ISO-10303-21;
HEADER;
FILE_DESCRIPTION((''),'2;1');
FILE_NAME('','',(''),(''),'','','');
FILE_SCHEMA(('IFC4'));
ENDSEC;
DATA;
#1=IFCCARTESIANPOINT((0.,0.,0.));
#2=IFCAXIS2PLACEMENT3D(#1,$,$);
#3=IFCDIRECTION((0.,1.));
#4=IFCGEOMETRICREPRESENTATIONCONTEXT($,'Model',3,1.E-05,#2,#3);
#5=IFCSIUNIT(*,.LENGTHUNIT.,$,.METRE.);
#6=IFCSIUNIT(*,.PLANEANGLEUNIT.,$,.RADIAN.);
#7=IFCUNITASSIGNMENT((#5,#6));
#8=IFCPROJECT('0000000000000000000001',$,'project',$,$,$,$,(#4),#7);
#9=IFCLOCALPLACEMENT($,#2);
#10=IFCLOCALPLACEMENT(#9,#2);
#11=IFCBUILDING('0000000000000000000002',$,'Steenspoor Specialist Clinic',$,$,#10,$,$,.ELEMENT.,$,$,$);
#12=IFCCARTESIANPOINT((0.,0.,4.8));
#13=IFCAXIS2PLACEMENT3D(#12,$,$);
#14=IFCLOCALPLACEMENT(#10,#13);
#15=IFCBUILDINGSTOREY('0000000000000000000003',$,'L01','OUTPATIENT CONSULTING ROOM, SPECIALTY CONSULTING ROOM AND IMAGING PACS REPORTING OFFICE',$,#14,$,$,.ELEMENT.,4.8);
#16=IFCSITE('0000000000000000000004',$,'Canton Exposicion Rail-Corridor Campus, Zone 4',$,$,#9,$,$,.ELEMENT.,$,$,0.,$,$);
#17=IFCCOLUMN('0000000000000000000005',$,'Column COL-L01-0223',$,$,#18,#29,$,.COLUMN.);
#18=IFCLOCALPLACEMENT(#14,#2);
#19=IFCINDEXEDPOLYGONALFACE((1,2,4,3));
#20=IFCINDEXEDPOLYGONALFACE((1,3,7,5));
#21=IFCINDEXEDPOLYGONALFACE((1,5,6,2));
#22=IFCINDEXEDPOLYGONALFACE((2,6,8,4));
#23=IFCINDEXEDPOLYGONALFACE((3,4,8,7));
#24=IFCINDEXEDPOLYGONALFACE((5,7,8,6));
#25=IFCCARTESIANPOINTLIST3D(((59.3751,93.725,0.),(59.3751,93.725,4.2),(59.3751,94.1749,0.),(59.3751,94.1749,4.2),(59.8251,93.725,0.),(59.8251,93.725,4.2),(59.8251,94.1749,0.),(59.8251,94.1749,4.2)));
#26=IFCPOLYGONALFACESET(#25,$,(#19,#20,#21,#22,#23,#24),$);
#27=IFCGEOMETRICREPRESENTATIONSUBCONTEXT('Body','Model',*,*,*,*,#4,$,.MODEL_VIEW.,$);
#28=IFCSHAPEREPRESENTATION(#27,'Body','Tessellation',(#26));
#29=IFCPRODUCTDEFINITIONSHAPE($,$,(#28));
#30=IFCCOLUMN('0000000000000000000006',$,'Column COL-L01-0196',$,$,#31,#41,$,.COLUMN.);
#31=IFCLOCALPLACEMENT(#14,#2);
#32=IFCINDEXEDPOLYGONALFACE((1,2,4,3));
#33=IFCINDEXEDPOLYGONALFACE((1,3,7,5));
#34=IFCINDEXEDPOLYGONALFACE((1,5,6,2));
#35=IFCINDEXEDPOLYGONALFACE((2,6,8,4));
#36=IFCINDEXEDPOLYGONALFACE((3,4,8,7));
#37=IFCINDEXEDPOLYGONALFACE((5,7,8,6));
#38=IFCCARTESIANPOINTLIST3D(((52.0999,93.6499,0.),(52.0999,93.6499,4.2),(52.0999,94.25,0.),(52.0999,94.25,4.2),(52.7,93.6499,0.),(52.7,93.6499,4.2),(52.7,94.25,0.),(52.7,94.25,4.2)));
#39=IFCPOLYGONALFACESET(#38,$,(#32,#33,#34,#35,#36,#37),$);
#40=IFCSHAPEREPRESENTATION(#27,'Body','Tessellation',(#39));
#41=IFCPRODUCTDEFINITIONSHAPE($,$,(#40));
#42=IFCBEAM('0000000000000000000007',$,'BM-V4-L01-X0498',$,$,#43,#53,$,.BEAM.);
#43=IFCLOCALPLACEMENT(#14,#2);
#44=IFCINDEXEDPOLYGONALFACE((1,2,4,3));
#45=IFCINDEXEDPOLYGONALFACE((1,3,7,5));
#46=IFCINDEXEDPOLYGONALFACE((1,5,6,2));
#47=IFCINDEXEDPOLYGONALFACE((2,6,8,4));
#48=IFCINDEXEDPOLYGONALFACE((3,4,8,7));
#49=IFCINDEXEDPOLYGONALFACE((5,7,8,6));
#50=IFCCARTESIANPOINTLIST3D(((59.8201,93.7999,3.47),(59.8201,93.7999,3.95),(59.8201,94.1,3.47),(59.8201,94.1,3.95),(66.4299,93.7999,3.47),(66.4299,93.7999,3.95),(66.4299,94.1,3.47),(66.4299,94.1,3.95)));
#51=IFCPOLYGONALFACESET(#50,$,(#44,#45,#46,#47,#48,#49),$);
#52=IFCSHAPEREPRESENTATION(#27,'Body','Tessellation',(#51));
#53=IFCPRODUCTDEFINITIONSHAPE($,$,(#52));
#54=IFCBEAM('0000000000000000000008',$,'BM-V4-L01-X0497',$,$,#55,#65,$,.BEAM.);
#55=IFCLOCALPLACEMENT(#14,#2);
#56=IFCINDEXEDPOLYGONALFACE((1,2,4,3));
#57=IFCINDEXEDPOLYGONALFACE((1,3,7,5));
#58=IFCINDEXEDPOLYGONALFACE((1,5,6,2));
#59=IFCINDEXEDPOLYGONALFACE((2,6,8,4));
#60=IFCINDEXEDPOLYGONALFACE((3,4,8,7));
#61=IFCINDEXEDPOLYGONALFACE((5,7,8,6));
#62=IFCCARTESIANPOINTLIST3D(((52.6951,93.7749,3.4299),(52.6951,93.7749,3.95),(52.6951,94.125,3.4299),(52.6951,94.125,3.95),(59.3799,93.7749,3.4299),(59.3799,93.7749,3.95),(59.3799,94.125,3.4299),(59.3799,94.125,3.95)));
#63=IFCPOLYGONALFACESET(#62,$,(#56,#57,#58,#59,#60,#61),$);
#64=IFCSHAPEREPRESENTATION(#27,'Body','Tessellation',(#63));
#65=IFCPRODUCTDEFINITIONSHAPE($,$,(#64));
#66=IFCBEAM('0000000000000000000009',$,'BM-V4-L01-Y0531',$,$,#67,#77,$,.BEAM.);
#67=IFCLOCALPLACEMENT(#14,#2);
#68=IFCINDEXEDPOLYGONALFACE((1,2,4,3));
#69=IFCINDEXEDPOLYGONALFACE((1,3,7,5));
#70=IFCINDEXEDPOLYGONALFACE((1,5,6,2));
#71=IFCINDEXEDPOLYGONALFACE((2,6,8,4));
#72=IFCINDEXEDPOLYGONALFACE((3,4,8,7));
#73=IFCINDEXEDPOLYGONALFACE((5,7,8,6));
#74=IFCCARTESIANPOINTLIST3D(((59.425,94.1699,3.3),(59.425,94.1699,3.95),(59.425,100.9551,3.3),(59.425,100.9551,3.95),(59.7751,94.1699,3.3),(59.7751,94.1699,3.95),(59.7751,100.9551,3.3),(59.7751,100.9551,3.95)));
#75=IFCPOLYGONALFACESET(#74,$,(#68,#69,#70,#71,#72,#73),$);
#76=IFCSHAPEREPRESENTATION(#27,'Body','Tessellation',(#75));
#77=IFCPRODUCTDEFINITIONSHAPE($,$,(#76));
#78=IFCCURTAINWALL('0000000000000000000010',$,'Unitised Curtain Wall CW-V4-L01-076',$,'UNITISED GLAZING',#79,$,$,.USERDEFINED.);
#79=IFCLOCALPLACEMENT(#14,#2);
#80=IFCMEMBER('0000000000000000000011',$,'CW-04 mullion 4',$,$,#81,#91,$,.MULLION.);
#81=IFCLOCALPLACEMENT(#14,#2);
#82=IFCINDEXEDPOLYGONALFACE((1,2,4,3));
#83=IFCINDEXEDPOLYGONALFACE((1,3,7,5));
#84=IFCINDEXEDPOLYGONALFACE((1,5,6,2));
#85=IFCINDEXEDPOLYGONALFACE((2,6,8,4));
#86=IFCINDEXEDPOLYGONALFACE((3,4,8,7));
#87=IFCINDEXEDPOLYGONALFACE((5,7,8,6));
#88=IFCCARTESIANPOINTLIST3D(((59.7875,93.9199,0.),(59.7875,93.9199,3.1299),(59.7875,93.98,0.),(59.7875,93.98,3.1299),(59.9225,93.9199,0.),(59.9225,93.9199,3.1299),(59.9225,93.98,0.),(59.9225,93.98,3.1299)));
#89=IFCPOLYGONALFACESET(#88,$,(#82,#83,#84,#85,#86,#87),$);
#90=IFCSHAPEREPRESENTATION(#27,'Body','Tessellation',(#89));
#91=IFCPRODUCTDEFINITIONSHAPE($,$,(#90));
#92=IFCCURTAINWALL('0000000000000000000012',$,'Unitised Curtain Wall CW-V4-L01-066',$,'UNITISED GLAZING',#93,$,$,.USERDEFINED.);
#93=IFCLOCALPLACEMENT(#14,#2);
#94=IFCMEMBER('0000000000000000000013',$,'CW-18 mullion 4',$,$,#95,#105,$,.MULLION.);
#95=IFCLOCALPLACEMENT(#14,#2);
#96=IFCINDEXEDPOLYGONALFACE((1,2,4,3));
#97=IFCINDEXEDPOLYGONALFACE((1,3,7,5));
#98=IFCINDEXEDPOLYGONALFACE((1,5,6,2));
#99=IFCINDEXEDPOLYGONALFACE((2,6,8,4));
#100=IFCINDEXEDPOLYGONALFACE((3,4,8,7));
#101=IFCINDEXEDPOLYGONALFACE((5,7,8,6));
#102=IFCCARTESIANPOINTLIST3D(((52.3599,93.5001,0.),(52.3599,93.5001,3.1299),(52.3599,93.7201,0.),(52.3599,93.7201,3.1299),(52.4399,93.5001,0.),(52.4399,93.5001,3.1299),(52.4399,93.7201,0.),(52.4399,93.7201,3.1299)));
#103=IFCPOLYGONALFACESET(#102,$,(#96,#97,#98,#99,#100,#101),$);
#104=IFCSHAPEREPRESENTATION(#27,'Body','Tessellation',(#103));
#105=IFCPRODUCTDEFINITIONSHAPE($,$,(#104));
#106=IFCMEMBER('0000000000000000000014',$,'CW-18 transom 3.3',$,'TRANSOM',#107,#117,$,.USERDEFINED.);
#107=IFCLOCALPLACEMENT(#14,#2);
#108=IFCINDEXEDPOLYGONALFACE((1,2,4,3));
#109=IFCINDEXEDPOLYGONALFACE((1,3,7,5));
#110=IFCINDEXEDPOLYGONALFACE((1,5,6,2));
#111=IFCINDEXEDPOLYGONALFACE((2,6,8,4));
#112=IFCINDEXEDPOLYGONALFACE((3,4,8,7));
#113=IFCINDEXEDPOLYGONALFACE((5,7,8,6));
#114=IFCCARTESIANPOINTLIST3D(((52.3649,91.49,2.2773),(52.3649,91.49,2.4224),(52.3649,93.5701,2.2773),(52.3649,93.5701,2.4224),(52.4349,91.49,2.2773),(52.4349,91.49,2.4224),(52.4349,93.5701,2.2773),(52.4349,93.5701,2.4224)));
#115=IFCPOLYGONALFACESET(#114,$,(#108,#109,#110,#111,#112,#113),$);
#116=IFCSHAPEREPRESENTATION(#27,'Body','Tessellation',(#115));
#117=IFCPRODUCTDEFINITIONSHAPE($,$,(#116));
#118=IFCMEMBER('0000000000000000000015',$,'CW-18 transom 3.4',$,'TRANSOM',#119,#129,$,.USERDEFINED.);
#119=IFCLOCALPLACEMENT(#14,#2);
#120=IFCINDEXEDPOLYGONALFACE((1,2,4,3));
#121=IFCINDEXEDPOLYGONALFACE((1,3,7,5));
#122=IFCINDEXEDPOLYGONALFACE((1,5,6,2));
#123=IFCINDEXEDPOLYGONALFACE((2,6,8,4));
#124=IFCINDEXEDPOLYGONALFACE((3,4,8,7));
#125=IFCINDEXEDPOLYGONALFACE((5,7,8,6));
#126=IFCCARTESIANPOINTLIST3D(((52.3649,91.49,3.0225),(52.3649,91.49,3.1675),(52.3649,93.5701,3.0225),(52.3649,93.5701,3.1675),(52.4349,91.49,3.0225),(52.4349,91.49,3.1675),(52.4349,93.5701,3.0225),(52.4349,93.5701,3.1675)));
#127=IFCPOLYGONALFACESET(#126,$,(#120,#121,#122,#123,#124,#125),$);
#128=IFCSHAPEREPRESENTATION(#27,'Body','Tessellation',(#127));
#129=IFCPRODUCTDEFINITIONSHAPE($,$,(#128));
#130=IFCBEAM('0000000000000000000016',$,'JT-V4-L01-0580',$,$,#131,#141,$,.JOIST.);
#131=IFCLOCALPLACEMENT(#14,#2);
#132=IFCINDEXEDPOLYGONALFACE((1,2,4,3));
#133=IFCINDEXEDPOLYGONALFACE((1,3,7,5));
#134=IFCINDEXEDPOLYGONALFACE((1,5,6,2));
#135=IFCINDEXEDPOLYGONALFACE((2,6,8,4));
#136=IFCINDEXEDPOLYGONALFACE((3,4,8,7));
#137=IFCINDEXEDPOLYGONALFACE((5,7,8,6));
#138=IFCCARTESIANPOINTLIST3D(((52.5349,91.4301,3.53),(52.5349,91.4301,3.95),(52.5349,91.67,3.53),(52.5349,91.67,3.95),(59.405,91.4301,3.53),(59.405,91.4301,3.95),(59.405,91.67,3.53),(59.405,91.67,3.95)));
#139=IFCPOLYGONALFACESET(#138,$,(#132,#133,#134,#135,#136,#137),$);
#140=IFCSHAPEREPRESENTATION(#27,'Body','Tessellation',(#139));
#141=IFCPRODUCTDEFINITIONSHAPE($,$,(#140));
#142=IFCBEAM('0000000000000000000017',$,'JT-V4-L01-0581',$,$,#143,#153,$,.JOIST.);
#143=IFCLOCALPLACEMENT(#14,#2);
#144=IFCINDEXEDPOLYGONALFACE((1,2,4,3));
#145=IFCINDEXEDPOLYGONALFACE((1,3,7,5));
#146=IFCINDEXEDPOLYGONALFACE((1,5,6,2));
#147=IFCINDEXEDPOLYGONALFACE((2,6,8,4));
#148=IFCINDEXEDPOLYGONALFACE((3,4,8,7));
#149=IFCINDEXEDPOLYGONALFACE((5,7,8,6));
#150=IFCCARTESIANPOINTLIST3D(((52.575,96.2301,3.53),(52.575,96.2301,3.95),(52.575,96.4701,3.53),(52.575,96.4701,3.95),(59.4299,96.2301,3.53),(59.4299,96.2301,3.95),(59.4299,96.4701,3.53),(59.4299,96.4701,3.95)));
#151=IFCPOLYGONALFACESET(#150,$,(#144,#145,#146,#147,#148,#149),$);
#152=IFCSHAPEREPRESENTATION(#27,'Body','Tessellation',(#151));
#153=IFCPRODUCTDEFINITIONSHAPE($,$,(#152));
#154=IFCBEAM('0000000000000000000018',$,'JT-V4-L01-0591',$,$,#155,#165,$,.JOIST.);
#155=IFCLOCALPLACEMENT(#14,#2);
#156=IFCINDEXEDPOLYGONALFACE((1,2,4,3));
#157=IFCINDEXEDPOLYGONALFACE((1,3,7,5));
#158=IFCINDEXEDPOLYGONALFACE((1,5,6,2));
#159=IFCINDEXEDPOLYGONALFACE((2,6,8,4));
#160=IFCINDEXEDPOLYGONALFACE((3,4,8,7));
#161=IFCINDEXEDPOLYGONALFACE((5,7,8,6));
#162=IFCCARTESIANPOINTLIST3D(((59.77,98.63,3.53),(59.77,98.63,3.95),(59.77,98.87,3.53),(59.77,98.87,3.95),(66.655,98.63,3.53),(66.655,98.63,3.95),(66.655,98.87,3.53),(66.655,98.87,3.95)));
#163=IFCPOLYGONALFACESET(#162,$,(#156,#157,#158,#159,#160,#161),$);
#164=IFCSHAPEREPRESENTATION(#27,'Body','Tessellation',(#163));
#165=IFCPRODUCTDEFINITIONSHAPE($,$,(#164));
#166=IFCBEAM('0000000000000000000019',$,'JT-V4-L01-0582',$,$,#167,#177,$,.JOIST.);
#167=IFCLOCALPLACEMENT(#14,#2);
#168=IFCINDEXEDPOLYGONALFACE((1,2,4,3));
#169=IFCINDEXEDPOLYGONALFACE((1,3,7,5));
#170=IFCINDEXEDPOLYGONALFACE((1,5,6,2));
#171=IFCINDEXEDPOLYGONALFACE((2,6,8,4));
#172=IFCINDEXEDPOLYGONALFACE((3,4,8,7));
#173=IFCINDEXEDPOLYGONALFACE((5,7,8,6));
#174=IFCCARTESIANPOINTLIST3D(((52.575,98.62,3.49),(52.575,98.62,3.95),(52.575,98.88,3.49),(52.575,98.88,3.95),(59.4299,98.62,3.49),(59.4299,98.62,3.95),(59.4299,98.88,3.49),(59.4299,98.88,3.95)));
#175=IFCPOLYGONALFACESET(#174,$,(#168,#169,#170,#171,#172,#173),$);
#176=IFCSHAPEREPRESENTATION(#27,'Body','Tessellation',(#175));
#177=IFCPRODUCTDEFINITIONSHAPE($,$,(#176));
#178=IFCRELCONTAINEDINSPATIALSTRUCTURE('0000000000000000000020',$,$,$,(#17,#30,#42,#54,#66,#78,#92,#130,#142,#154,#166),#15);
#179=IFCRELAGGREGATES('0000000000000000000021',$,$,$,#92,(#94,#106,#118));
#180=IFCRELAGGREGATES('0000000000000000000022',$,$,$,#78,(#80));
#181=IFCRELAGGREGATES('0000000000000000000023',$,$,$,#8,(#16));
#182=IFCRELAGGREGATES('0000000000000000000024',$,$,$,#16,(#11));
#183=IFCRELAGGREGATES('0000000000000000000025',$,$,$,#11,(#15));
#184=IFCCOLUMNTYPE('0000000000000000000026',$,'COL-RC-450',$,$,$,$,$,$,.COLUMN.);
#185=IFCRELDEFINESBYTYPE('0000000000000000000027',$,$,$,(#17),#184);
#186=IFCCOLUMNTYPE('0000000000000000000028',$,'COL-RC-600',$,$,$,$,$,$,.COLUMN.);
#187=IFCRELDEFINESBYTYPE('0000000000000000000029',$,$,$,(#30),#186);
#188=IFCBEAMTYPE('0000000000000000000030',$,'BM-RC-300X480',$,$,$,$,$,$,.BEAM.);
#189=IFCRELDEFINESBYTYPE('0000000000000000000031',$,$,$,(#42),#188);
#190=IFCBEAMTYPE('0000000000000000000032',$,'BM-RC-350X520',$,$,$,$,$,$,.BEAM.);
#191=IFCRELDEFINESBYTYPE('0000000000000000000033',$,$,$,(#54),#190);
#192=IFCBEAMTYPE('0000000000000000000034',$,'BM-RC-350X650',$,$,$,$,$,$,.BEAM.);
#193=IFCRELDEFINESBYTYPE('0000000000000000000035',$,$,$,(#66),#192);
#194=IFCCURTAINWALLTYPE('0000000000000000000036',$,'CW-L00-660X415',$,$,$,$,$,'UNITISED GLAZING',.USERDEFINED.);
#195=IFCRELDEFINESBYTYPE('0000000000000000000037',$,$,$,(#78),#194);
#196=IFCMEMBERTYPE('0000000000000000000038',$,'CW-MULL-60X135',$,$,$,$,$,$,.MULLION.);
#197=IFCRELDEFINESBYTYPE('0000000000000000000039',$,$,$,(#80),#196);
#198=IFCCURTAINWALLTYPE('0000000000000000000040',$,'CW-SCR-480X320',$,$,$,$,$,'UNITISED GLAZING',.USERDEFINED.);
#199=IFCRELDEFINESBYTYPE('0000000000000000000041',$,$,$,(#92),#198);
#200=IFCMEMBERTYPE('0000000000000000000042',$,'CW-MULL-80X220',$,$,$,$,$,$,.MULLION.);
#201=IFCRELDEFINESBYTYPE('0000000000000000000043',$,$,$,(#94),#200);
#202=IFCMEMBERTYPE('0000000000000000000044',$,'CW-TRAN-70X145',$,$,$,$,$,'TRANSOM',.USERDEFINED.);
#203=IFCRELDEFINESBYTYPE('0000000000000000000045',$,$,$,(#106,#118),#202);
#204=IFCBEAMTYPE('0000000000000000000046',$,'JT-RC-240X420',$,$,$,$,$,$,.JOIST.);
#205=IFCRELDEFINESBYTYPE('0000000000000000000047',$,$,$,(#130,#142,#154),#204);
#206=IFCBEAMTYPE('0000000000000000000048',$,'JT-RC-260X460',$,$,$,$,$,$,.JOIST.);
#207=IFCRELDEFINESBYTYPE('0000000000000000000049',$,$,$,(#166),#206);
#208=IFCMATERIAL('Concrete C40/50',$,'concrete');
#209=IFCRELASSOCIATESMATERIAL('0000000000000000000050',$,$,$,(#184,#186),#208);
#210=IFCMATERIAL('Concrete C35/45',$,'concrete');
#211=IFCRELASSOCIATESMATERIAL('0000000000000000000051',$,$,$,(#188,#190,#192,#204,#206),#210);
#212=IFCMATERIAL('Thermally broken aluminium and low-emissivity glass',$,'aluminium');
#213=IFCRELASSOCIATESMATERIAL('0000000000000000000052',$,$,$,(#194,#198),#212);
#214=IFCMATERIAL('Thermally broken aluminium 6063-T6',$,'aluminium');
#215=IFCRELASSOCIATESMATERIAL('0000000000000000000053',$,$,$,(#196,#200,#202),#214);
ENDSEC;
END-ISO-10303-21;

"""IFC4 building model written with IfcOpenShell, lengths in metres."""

from ifc_helpers import new_model, si_unit, direction, frame, origin, origin_2d, place, context, subcontext, project, spatial, rectangle, extrude, material, material_profile, profile_set, type_object, element, aggregate, save


model = new_model("IFC4")

# Units and contexts
model_context = context("Model", 3, precision=1e-05, world=origin(), true_north=direction((0.0, 1.0)))
body_context = subcontext(model_context, "Body", "Model", "MODEL_VIEW")
ifc_project = project(units=[si_unit("LENGTHUNIT", "METRE"), si_unit("PLANEANGLEUNIT", "RADIAN")], contexts=[model_context])

# Site, building, storey
site_placement = place(None, origin())
site = spatial("IfcSite", under=ifc_project, at=site_placement, Name="Canton Exposicion Rail-Corridor Campus, Zone 4", CompositionType="ELEMENT", RefElevation=0.0)
building_placement = place(site_placement, origin())
building = spatial("IfcBuilding", under=site, at=building_placement, Name="Steenspoor Specialist Clinic", CompositionType="ELEMENT")
storey_placement = place(building_placement, frame((0.0, 0.0, 4.8)))
storey = spatial("IfcBuildingStorey", under=building, at=storey_placement, Name="L01", Description="OUTPATIENT CONSULTING ROOM, SPECIALTY CONSULTING ROOM AND IMAGING PACS REPORTING OFFICE", CompositionType="ELEMENT", Elevation=4.8)

# Columns
ifc_material_1 = material(Name="Concrete C40/50", Category="concrete")
ifc_material_profile_1 = material_profile(ifc_material_1, rectangle(XDim=0.45, YDim=0.45, at=origin_2d()), Name="RC-COL-450X450")
ifc_profile_set_1 = profile_set([ifc_material_profile_1], Name="Concrete C40/50")
column_type_1 = type_object("IfcColumnType", Name="COL-RC-450", PredefinedType="COLUMN", material=ifc_profile_set_1)
column_1_placement = place(storey_placement, frame((59.6001, 93.95, 0.0), z_axis=(0.0, 0.0, 1.0), x_axis=(1.0, 0.0, 0.0)))
element("IfcColumn", 1, at=column_1_placement, inside=storey, type_object=column_type_1, Name="Column COL-L01-0223", PredefinedType="COLUMN", context=body_context, shape_type="SweptSolid", body=[
    extrude(rectangle(XDim=0.45, YDim=0.45, at=origin_2d()), origin(), (0.0, 0.0, 1.0), 4.2),
])
ifc_material_profile_2 = material_profile(ifc_material_1, rectangle(XDim=0.6001, YDim=0.6001, at=origin_2d()), Name="RC-COL-600X600")
ifc_profile_set_2 = profile_set([ifc_material_profile_2], Name="Concrete C40/50")
column_type_2 = type_object("IfcColumnType", Name="COL-RC-600", PredefinedType="COLUMN", material=ifc_profile_set_2)
column_2_placement = place(storey_placement, frame((52.3999, 93.95, 0.0), z_axis=(0.0, 0.0, 1.0), x_axis=(1.0, 0.0, 0.0)))
element("IfcColumn", 2, at=column_2_placement, inside=storey, type_object=column_type_2, Name="Column COL-L01-0196", PredefinedType="COLUMN", context=body_context, shape_type="SweptSolid", body=[
    extrude(rectangle(XDim=0.6001, YDim=0.6001, at=origin_2d()), origin(), (0.0, 0.0, 1.0), 4.2),
])

# Beams
ifc_material_2 = material(Name="Concrete C35/45", Category="concrete")
ifc_material_profile_3 = material_profile(ifc_material_2, rectangle(XDim=0.3, YDim=0.48, at=origin_2d()), Name="RC-BM-300X480")
ifc_profile_set_3 = profile_set([ifc_material_profile_3], Name="Concrete C35/45")
beam_type_1 = type_object("IfcBeamType", Name="BM-RC-300X480", PredefinedType="BEAM", material=ifc_profile_set_3)
beam_1_placement = place(storey_placement, frame((59.8201, 93.95, 3.71), z_axis=(1.0, 0.0, 0.0), x_axis=(0.0, 1.0, 0.0)))
element("IfcBeam", 3, at=beam_1_placement, inside=storey, type_object=beam_type_1, Name="BM-V4-L01-X0498", PredefinedType="BEAM", context=body_context, shape_type="SweptSolid", body=[
    extrude(rectangle(XDim=0.3, YDim=0.48, at=origin_2d()), origin(), (0.0, 0.0, 1.0), 6.6099),
])
ifc_material_profile_4 = material_profile(ifc_material_2, rectangle(XDim=0.3501, YDim=0.52, at=origin_2d()), Name="RC-BM-350X520")
ifc_profile_set_4 = profile_set([ifc_material_profile_4], Name="Concrete C35/45")
beam_type_2 = type_object("IfcBeamType", Name="BM-RC-350X520", PredefinedType="BEAM", material=ifc_profile_set_4)
beam_2_placement = place(storey_placement, frame((52.6951, 93.95, 3.6899), z_axis=(1.0, 0.0, 0.0), x_axis=(0.0, 1.0, 0.0)))
element("IfcBeam", 4, at=beam_2_placement, inside=storey, type_object=beam_type_2, Name="BM-V4-L01-X0497", PredefinedType="BEAM", context=body_context, shape_type="SweptSolid", body=[
    extrude(rectangle(XDim=0.3501, YDim=0.52, at=origin_2d()), origin(), (0.0, 0.0, 1.0), 6.6848),
])
ifc_material_profile_5 = material_profile(ifc_material_2, rectangle(XDim=0.3501, YDim=0.6499, at=origin_2d()), Name="RC-BM-350X650")
ifc_profile_set_5 = profile_set([ifc_material_profile_5], Name="Concrete C35/45")
beam_type_3 = type_object("IfcBeamType", Name="BM-RC-350X650", PredefinedType="BEAM", material=ifc_profile_set_5)
beam_3_placement = place(storey_placement, frame((59.6001, 94.1699, 3.625), z_axis=(0.0, 1.0, 0.0), x_axis=(-1.0, 0.0, 0.0)))
element("IfcBeam", 5, at=beam_3_placement, inside=storey, type_object=beam_type_3, Name="BM-V4-L01-Y0531", PredefinedType="BEAM", context=body_context, shape_type="SweptSolid", body=[
    extrude(rectangle(XDim=0.3501, YDim=0.6499, at=origin_2d()), origin(), (0.0, 0.0, 1.0), 6.7852),
])

# Curtain wall, member
ifc_material_3 = material(Name="Thermally broken aluminium and low-emissivity glass", Category="aluminium")
curtain_wall_type_1 = type_object("IfcCurtainWallType", Name="CW-L00-660X415", ElementType="UNITISED GLAZING", PredefinedType="USERDEFINED", material=ifc_material_3)
curtain_wall_1_placement = place(storey_placement, origin())
curtain_wall_1 = element("IfcCurtainWall", 6, at=curtain_wall_1_placement, inside=storey, type_object=curtain_wall_type_1, Name="Unitised Curtain Wall CW-V4-L01-076", ObjectType="UNITISED GLAZING", PredefinedType="USERDEFINED")
ifc_material_4 = material(Name="Thermally broken aluminium 6063-T6", Category="aluminium")
ifc_material_profile_6 = material_profile(ifc_material_4, rectangle(XDim=0.0601, YDim=0.135, at=origin_2d()), Name="CWM-60X135")
ifc_profile_set_6 = profile_set([ifc_material_profile_6], Name="Thermally broken aluminium 6063-T6")
member_type_1 = type_object("IfcMemberType", Name="CW-MULL-60X135", PredefinedType="MULLION", material=ifc_profile_set_6)
member_1_placement = place(storey_placement, frame((59.855, 93.95, 0.0), z_axis=(0.0, 0.0, 1.0), x_axis=(0.0, -1.0, 0.0)))
member_1 = element("IfcMember", 7, at=member_1_placement, type_object=member_type_1, Name="CW-04 mullion 4", PredefinedType="MULLION", context=body_context, shape_type="SweptSolid", body=[
    extrude(rectangle(XDim=0.0601, YDim=0.135, at=origin_2d()), origin(), (0.0, 0.0, 1.0), 3.1299),
])

# Curtain wall, members
curtain_wall_type_2 = type_object("IfcCurtainWallType", Name="CW-SCR-480X320", ElementType="UNITISED GLAZING", PredefinedType="USERDEFINED", material=ifc_material_3)
curtain_wall_2_placement = place(storey_placement, origin())
curtain_wall_2 = element("IfcCurtainWall", 8, at=curtain_wall_2_placement, inside=storey, type_object=curtain_wall_type_2, Name="Unitised Curtain Wall CW-V4-L01-066", ObjectType="UNITISED GLAZING", PredefinedType="USERDEFINED")
ifc_material_profile_7 = material_profile(ifc_material_4, rectangle(XDim=0.0801, YDim=0.22, at=origin_2d()), Name="CWM-80X220")
ifc_profile_set_7 = profile_set([ifc_material_profile_7], Name="Thermally broken aluminium 6063-T6")
member_type_2 = type_object("IfcMemberType", Name="CW-MULL-80X220", PredefinedType="MULLION", material=ifc_profile_set_7)
member_2_placement = place(storey_placement, frame((52.3999, 93.6101, 0.0), z_axis=(0.0, 0.0, 1.0), x_axis=(-1.0, 0.0, 0.0)))
member_2 = element("IfcMember", 9, at=member_2_placement, type_object=member_type_2, Name="CW-18 mullion 4", PredefinedType="MULLION", context=body_context, shape_type="SweptSolid", body=[
    extrude(rectangle(XDim=0.0801, YDim=0.22, at=origin_2d()), origin(), (0.0, 0.0, 1.0), 3.1299),
])
ifc_material_profile_8 = material_profile(ifc_material_4, rectangle(XDim=0.0701, YDim=0.145, at=origin_2d()), Name="CWT-70X145")
ifc_profile_set_8 = profile_set([ifc_material_profile_8], Name="Thermally broken aluminium 6063-T6")
member_type_3 = type_object("IfcMemberType", Name="CW-TRAN-70X145", ElementType="TRANSOM", PredefinedType="USERDEFINED", material=ifc_profile_set_8)
member_3_placement = place(storey_placement, frame((52.3999, 91.49, 2.3499), z_axis=(0.0, 1.0, 0.0), x_axis=(-1.0, 0.0, 0.0)))
member_3 = element("IfcMember", 10, at=member_3_placement, type_object=member_type_3, Name="CW-18 transom 3.3", ObjectType="TRANSOM", PredefinedType="USERDEFINED", context=body_context, shape_type="SweptSolid", body=[
    extrude(rectangle(XDim=0.0701, YDim=0.145, at=origin_2d()), origin(), (0.0, 0.0, 1.0), 2.0801),
])
member_4_placement = place(storey_placement, frame((52.3999, 91.49, 3.095), z_axis=(0.0, 1.0, 0.0), x_axis=(-1.0, 0.0, 0.0)))
member_4 = element("IfcMember", 11, at=member_4_placement, type_object=member_type_3, Name="CW-18 transom 3.4", ObjectType="TRANSOM", PredefinedType="USERDEFINED", context=body_context, shape_type="SweptSolid", body=[
    extrude(rectangle(XDim=0.0701, YDim=0.145, at=origin_2d()), origin(), (0.0, 0.0, 1.0), 2.0801),
])

# Beams
ifc_material_profile_9 = material_profile(ifc_material_2, rectangle(XDim=0.24, YDim=0.4199, at=origin_2d()), Name="RC-JT-240X420")
ifc_profile_set_9 = profile_set([ifc_material_profile_9], Name="Concrete C35/45")
beam_type_4 = type_object("IfcBeamType", Name="JT-RC-240X420", PredefinedType="JOIST", material=ifc_profile_set_9)
beam_4_placement = place(storey_placement, frame((52.5349, 91.55, 3.74), z_axis=(1.0, 0.0, 0.0), x_axis=(0.0, 1.0, 0.0)))
element("IfcBeam", 12, at=beam_4_placement, inside=storey, type_object=beam_type_4, Name="JT-V4-L01-0580", PredefinedType="JOIST", context=body_context, shape_type="SweptSolid", body=[
    extrude(rectangle(XDim=0.24, YDim=0.4199, at=origin_2d()), origin(), (0.0, 0.0, 1.0), 6.8701),
])
beam_5_placement = place(storey_placement, frame((52.575, 96.3501, 3.74), z_axis=(1.0, 0.0, 0.0), x_axis=(0.0, 1.0, 0.0)))
element("IfcBeam", 13, at=beam_5_placement, inside=storey, type_object=beam_type_4, Name="JT-V4-L01-0581", PredefinedType="JOIST", context=body_context, shape_type="SweptSolid", body=[
    extrude(rectangle(XDim=0.24, YDim=0.4199, at=origin_2d()), origin(), (0.0, 0.0, 1.0), 6.855),
])
beam_6_placement = place(storey_placement, frame((59.77, 98.75, 3.74), z_axis=(1.0, 0.0, 0.0), x_axis=(0.0, 1.0, 0.0)))
element("IfcBeam", 14, at=beam_6_placement, inside=storey, type_object=beam_type_4, Name="JT-V4-L01-0591", PredefinedType="JOIST", context=body_context, shape_type="SweptSolid", body=[
    extrude(rectangle(XDim=0.24, YDim=0.4199, at=origin_2d()), origin(), (0.0, 0.0, 1.0), 6.885),
])
ifc_material_profile_10 = material_profile(ifc_material_2, rectangle(XDim=0.26, YDim=0.46, at=origin_2d()), Name="RC-JT-260X460")
ifc_profile_set_10 = profile_set([ifc_material_profile_10], Name="Concrete C35/45")
beam_type_5 = type_object("IfcBeamType", Name="JT-RC-260X460", PredefinedType="JOIST", material=ifc_profile_set_10)
beam_7_placement = place(storey_placement, frame((52.575, 98.75, 3.72), z_axis=(1.0, 0.0, 0.0), x_axis=(0.0, 1.0, 0.0)))
element("IfcBeam", 15, at=beam_7_placement, inside=storey, type_object=beam_type_5, Name="JT-V4-L01-0582", PredefinedType="JOIST", context=body_context, shape_type="SweptSolid", body=[
    extrude(rectangle(XDim=0.26, YDim=0.46, at=origin_2d()), origin(), (0.0, 0.0, 1.0), 6.855),
])

aggregate(curtain_wall_2, [member_2, member_3, member_4])
aggregate(curtain_wall_1, [member_1])

save(model, "model.ifc")
